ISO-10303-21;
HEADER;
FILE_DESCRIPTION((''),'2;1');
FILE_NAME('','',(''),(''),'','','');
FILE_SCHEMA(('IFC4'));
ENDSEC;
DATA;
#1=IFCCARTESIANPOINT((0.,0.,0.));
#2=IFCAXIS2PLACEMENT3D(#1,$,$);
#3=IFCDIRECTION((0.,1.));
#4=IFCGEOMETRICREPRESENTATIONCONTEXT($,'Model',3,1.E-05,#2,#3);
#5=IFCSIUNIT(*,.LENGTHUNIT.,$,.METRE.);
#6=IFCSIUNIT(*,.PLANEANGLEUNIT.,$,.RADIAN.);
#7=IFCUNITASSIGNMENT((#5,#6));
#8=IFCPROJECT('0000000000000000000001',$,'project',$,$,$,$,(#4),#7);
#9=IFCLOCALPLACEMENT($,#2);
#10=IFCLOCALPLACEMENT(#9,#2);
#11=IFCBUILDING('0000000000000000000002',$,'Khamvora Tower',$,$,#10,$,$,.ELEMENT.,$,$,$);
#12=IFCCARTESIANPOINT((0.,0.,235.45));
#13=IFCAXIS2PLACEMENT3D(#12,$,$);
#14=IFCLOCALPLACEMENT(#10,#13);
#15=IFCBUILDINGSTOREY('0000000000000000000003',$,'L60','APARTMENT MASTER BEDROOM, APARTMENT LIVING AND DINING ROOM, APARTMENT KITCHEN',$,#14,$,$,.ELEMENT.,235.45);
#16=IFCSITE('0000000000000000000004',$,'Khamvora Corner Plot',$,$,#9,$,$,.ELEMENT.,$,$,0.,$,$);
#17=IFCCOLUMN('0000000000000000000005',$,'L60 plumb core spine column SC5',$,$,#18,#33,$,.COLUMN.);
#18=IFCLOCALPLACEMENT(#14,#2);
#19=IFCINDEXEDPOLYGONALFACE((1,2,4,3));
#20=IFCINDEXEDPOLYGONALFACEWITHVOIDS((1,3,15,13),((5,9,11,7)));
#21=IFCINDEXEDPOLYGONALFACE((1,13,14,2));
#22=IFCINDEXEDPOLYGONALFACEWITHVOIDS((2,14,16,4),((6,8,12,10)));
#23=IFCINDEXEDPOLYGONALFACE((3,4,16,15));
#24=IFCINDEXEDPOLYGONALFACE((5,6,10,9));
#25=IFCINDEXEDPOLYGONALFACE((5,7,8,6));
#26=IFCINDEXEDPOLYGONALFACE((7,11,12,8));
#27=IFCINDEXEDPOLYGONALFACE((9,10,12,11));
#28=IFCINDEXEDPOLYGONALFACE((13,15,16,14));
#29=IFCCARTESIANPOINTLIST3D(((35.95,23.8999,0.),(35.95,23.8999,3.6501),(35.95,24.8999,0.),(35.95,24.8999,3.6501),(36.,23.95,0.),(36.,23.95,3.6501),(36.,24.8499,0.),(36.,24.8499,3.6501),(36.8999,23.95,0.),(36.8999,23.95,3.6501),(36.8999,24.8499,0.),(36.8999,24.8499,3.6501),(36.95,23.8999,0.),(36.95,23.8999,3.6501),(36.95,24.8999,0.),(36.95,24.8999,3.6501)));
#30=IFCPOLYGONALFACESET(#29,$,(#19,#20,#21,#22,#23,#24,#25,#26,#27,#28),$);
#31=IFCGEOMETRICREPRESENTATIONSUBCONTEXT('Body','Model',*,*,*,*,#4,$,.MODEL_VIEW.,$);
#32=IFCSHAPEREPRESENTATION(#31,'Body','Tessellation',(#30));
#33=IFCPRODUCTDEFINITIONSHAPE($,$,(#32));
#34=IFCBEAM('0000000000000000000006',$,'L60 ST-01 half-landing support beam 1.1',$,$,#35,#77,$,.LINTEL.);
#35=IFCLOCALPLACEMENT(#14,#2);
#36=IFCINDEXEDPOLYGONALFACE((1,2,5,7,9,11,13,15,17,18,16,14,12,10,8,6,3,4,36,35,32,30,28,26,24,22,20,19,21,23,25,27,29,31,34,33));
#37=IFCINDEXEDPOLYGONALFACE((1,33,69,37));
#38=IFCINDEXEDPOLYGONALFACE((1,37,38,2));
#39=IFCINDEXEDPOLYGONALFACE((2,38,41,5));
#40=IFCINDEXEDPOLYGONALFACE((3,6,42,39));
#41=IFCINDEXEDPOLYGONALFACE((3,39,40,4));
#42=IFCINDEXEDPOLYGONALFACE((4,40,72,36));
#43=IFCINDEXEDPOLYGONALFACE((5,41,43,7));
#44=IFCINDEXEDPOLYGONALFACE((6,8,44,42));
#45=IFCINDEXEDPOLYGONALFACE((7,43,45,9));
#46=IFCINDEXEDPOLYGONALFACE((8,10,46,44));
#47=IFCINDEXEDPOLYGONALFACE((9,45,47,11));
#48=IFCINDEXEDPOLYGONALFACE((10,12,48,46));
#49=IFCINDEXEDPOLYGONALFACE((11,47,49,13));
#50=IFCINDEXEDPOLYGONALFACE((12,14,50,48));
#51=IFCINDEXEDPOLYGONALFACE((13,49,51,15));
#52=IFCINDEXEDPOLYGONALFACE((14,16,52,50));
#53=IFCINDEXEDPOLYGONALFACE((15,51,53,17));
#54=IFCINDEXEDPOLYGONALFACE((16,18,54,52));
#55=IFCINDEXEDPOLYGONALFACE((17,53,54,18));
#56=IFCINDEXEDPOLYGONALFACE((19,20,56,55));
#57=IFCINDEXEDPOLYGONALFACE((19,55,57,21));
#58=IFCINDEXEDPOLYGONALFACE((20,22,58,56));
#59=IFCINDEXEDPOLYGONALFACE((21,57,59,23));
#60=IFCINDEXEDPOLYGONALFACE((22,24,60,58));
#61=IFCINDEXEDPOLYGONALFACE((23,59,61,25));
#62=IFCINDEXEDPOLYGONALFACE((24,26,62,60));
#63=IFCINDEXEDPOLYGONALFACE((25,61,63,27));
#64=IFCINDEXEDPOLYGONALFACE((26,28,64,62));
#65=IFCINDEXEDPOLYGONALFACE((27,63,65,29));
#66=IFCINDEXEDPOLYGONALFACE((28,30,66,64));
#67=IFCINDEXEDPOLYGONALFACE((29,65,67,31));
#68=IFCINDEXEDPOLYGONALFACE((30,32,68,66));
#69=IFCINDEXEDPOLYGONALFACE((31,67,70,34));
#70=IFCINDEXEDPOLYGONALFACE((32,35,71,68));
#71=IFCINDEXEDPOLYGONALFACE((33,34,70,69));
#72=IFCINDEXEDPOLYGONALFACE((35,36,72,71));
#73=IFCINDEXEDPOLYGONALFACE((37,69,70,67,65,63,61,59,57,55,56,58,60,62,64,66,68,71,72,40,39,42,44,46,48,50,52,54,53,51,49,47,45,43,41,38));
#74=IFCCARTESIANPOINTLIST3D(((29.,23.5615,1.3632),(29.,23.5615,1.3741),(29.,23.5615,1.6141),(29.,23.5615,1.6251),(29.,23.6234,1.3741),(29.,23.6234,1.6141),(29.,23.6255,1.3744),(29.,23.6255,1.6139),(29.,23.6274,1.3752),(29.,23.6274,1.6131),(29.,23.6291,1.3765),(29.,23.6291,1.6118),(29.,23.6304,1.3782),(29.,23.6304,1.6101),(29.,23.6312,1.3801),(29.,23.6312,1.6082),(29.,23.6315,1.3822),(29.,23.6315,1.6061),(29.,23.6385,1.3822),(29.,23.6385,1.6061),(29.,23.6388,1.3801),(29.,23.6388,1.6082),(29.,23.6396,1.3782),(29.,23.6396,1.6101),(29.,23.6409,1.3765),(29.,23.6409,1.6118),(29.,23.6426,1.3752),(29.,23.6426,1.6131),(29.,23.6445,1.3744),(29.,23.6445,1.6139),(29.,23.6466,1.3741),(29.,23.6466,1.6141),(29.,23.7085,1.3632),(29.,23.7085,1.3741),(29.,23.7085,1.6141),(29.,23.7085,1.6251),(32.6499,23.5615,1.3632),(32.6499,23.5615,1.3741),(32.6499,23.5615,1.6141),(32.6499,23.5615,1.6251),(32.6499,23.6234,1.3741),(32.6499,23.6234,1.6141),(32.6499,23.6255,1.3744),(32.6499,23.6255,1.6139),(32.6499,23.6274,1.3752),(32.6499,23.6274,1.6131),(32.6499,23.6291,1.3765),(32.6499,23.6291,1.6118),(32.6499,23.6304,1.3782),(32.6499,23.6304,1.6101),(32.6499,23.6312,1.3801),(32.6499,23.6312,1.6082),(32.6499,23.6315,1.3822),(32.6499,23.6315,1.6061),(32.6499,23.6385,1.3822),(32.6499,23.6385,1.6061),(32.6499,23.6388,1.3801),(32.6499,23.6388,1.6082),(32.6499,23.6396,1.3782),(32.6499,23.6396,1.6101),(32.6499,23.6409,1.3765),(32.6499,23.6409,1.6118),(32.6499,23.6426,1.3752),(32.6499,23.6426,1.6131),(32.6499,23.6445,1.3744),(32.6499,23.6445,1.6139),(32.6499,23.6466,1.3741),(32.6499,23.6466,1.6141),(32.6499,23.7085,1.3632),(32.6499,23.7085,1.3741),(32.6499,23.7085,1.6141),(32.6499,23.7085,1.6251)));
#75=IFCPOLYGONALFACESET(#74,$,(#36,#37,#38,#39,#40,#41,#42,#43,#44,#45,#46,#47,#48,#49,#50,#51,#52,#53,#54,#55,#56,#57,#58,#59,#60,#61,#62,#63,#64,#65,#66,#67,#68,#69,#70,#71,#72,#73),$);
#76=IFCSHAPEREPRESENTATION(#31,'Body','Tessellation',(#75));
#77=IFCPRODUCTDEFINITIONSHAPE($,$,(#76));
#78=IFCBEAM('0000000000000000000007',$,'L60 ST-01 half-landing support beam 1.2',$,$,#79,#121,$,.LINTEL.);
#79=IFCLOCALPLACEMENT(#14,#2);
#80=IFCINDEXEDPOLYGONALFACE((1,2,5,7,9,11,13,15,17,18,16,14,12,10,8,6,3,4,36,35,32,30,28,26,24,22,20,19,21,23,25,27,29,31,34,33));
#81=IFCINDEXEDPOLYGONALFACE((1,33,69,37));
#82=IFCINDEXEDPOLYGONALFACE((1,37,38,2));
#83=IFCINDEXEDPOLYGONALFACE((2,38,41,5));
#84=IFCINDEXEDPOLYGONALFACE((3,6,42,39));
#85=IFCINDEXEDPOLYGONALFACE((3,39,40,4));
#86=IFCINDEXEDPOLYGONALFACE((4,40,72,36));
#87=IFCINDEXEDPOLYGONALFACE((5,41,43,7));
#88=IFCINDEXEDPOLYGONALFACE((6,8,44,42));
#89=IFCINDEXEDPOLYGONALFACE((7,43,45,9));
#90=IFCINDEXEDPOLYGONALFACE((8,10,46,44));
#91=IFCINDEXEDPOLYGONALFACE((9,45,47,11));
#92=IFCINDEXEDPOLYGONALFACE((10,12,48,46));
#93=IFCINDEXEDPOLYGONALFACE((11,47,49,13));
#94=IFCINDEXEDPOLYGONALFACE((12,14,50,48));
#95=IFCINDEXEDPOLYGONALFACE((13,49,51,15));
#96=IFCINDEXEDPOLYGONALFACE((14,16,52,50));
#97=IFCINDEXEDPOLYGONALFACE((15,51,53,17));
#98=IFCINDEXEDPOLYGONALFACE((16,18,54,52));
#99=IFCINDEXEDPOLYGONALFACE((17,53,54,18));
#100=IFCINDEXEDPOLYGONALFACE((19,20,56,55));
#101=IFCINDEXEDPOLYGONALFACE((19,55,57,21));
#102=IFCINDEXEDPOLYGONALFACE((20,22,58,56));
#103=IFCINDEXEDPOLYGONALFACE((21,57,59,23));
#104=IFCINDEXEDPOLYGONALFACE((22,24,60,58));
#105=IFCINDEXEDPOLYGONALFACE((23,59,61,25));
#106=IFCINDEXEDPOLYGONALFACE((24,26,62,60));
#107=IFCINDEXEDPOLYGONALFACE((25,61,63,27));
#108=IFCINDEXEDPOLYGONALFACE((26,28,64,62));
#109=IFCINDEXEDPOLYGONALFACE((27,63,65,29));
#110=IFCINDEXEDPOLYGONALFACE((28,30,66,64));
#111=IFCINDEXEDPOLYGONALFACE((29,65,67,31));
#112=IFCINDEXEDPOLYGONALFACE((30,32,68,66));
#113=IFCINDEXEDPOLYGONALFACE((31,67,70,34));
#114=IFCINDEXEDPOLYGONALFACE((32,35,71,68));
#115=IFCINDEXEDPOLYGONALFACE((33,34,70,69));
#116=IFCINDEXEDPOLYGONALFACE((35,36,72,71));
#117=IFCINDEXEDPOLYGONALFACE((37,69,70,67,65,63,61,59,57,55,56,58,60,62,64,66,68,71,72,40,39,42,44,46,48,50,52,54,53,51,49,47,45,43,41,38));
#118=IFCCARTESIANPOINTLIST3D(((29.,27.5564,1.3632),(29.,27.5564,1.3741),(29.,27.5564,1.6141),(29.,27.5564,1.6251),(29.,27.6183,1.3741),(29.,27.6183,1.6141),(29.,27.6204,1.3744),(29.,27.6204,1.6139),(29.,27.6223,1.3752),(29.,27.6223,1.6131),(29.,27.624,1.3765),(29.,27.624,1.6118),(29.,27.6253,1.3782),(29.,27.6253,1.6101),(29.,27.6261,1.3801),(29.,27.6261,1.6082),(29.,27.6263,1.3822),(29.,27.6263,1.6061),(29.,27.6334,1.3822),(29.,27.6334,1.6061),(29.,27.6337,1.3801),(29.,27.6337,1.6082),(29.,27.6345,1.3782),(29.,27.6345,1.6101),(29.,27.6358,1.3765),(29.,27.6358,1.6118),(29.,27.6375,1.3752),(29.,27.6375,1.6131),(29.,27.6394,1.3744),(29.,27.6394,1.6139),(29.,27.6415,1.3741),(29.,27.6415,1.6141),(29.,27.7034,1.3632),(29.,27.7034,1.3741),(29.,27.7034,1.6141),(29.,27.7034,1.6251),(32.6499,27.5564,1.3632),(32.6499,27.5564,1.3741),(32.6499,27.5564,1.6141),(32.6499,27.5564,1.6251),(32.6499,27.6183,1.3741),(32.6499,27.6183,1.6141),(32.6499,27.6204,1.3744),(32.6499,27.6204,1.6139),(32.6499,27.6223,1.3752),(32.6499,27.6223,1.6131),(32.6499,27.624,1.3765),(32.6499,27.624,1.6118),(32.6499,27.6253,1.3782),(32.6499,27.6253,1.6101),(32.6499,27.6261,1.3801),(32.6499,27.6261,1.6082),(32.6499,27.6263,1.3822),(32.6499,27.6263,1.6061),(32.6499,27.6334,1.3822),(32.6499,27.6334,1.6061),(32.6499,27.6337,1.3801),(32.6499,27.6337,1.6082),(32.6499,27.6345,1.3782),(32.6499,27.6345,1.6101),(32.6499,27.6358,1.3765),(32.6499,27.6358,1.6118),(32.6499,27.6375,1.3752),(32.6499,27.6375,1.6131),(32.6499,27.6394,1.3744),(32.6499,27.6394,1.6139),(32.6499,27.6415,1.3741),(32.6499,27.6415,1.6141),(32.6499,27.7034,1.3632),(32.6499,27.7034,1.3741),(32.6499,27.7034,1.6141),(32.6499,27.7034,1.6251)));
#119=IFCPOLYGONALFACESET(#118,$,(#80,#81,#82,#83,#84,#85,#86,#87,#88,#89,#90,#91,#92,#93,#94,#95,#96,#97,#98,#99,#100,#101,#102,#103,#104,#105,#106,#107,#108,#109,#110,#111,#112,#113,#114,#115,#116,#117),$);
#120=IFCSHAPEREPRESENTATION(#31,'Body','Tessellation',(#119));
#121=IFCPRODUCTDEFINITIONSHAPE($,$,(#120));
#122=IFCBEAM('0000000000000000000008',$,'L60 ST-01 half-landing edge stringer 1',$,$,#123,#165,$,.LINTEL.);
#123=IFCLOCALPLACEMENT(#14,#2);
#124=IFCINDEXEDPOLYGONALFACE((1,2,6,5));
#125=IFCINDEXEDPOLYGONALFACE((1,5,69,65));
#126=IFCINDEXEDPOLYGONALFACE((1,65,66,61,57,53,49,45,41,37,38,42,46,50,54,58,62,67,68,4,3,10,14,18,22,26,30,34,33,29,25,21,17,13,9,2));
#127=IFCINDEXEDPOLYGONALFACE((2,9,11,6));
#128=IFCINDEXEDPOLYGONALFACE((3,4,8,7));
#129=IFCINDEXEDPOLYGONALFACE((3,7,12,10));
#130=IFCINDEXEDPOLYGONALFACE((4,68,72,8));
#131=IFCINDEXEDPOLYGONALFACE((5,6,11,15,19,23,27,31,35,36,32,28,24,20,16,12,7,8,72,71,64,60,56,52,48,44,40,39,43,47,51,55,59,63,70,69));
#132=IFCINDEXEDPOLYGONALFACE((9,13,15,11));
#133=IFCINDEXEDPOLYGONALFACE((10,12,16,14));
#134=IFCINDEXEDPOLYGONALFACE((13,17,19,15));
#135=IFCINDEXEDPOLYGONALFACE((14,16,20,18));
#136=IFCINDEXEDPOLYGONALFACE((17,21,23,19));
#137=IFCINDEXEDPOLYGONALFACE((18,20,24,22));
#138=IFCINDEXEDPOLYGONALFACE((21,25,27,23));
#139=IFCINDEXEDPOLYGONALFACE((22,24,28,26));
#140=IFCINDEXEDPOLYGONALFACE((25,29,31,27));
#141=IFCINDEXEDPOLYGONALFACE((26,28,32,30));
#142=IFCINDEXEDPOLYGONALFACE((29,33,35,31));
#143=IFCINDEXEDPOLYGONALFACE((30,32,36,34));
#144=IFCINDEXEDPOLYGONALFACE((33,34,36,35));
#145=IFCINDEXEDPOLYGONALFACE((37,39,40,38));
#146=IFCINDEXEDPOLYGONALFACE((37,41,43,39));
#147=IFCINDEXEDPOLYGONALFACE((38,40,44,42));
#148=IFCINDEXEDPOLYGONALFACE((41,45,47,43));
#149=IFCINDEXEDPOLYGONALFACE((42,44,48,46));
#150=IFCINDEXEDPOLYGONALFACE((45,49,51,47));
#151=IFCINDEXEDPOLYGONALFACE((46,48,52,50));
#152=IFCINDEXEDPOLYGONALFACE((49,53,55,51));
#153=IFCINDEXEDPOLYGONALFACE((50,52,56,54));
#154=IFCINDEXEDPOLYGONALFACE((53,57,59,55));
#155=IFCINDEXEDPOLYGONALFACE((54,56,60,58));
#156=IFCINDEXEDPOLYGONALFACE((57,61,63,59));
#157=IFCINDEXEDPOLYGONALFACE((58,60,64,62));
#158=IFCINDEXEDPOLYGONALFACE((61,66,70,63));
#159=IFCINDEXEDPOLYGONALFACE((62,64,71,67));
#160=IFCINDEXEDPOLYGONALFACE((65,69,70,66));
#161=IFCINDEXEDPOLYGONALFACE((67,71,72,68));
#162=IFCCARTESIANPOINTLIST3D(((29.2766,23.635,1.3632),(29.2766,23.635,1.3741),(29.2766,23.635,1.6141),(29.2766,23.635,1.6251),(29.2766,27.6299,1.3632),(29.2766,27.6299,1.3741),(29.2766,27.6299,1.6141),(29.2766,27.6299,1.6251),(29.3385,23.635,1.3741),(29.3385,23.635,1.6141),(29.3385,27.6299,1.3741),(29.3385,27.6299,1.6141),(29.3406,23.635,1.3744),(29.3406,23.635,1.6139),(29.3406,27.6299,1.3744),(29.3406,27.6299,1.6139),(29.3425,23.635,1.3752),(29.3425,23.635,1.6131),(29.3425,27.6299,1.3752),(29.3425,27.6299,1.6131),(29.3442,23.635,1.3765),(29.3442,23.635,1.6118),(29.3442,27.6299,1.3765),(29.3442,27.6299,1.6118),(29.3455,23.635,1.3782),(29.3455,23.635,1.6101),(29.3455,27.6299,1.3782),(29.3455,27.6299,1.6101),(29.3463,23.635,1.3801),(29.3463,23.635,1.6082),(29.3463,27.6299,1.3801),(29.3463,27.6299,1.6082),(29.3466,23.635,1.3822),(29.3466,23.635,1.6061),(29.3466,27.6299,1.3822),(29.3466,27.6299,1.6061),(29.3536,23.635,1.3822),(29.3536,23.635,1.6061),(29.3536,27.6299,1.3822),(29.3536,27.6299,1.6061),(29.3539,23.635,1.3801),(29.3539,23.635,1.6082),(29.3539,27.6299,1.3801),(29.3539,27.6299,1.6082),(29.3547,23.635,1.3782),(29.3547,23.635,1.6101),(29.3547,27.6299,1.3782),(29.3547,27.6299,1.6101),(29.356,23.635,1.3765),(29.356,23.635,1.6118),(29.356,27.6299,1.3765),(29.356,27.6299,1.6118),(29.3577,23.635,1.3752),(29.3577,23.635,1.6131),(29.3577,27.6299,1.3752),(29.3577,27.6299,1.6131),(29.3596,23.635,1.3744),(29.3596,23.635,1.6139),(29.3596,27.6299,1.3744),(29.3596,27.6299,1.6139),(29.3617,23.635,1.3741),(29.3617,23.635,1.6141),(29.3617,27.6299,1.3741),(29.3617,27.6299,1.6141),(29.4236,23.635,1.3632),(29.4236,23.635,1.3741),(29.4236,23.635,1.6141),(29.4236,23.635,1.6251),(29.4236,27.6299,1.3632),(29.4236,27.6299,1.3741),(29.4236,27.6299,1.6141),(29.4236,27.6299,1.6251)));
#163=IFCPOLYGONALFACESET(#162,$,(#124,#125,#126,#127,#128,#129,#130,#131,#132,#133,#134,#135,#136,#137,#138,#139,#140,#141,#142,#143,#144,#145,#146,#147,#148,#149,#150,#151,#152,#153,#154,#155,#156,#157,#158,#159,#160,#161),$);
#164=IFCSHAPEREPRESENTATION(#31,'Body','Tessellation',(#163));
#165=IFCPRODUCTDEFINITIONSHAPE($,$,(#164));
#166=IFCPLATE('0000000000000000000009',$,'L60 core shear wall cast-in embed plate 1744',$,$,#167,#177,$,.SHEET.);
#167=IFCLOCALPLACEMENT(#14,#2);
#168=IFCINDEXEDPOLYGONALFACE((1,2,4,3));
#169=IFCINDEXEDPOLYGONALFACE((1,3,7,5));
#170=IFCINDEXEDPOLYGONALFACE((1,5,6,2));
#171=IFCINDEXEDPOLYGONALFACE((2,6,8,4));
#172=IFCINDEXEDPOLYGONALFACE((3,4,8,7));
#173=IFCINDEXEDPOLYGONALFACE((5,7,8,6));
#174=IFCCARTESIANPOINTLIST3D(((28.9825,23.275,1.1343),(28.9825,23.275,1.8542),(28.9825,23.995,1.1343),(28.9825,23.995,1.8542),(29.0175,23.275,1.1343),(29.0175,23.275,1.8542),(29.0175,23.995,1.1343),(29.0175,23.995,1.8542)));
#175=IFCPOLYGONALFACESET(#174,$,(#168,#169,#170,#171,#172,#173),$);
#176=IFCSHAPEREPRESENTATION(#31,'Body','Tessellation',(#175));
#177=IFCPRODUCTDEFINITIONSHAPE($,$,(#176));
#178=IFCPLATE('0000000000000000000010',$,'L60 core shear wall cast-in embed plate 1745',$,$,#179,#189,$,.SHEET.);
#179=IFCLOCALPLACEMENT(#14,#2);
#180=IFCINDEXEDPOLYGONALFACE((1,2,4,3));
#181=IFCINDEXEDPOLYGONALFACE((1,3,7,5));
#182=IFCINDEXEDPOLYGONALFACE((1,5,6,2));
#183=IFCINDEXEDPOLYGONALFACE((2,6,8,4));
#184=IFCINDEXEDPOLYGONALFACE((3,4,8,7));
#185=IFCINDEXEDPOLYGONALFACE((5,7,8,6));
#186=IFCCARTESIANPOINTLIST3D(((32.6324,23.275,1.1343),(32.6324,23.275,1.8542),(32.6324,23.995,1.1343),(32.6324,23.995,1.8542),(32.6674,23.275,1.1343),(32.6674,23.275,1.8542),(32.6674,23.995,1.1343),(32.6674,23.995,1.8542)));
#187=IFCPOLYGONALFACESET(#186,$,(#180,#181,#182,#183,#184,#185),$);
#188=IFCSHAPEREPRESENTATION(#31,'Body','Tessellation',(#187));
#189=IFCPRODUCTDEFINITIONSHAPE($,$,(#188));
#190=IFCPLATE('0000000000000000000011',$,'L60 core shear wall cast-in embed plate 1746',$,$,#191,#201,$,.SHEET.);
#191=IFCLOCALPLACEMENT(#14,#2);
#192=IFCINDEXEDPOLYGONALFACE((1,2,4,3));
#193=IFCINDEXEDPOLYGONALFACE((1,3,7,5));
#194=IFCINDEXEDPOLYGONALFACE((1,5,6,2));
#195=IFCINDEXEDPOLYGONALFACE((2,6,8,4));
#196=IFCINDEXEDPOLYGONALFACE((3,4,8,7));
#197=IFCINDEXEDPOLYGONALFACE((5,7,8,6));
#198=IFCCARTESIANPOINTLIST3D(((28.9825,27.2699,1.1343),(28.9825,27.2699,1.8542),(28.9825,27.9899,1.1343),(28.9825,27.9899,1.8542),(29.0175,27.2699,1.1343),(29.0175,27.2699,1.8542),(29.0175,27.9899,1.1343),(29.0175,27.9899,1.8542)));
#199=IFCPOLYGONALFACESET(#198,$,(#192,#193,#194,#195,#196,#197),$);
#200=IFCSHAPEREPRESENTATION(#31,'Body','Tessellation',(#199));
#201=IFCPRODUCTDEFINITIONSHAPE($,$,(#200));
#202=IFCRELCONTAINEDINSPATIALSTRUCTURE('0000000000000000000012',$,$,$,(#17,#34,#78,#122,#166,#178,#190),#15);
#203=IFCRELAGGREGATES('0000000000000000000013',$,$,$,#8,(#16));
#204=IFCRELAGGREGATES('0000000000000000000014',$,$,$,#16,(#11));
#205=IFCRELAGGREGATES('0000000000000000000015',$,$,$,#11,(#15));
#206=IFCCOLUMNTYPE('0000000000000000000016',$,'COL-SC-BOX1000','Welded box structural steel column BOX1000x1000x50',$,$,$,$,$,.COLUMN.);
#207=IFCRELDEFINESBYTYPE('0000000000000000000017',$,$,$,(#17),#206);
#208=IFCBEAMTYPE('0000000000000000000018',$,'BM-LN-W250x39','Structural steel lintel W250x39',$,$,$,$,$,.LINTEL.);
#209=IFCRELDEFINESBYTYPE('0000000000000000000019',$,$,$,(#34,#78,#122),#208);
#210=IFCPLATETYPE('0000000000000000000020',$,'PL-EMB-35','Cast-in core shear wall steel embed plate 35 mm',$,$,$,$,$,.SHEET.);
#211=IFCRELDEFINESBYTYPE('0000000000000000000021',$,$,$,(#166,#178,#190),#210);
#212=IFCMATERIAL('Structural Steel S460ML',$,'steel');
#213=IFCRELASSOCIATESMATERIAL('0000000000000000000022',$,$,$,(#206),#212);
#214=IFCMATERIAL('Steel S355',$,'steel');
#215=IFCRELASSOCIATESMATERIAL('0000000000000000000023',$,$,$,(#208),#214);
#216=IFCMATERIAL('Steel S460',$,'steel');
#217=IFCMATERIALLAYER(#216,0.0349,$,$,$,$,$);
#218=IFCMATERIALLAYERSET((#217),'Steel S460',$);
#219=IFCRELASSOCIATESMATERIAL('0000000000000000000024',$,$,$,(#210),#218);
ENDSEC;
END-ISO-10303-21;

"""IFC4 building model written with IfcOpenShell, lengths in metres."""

from ifc_helpers import new_model, si_unit, direction, frame, origin, origin_2d, place, context, subcontext, project, spatial, rectangle, hollow_rectangle, i_section, extrude, material, layer, layer_set, material_profile, profile_set, type_object, element, save


model = new_model("IFC4")

# Units and contexts
model_context = context("Model", 3, precision=1e-05, world=origin(), true_north=direction((0.0, 1.0)))
body_context = subcontext(model_context, "Body", "Model", "MODEL_VIEW")
ifc_project = project(units=[si_unit("LENGTHUNIT", "METRE"), si_unit("PLANEANGLEUNIT", "RADIAN")], contexts=[model_context])

# Site, building, storey
site_placement = place(None, origin())
site = spatial("IfcSite", under=ifc_project, at=site_placement, Name="Khamvora Corner Plot", CompositionType="ELEMENT", RefElevation=0.0)
building_placement = place(site_placement, origin())
building = spatial("IfcBuilding", under=site, at=building_placement, Name="Khamvora Tower", CompositionType="ELEMENT")
storey_placement = place(building_placement, frame((0.0, 0.0, 235.45)))
storey = spatial("IfcBuildingStorey", under=building, at=storey_placement, Name="L60", Description="APARTMENT MASTER BEDROOM, APARTMENT LIVING AND DINING ROOM, APARTMENT KITCHEN", CompositionType="ELEMENT", Elevation=235.45)

# Column
ifc_material_1 = material(Name="Structural Steel S460ML", Category="steel")
ifc_material_profile_1 = material_profile(ifc_material_1, hollow_rectangle(XDim=1.0, YDim=1.0, WallThickness=0.05, at=origin_2d()), Name="BOX1000x1000x50")
ifc_profile_set_1 = profile_set([ifc_material_profile_1], Name="Structural Steel S460ML")
column_type = type_object("IfcColumnType", Name="COL-SC-BOX1000", Description="Welded box structural steel column BOX1000x1000x50", PredefinedType="COLUMN", material=ifc_profile_set_1)
column_placement = place(storey_placement, frame((36.45, 24.3999, 0.0), z_axis=(0.0, 0.0, 1.0), x_axis=(1.0, 0.0, 0.0)))
element("IfcColumn", 1, at=column_placement, inside=storey, type_object=column_type, Name="L60 plumb core spine column SC5", PredefinedType="COLUMN", context=body_context, shape_type="SweptSolid", body=[
    extrude(hollow_rectangle(XDim=1.0, YDim=1.0, WallThickness=0.05, at=origin_2d()), origin(), (0.0, 0.0, 1.0), 3.6501),
])

# Beams
ifc_material_2 = material(Name="Steel S355", Category="steel")
ifc_material_profile_2 = material_profile(ifc_material_2, i_section(OverallWidth=0.147, OverallDepth=0.262, WebThickness=0.0071, FlangeThickness=0.011, FilletRadius=0.0081, at=origin_2d()), Name="W250x39")
ifc_profile_set_2 = profile_set([ifc_material_profile_2], Name="Steel S355")
beam_type = type_object("IfcBeamType", Name="BM-LN-W250x39", Description="Structural steel lintel W250x39", PredefinedType="LINTEL", material=ifc_profile_set_2)
for number, where, z_axis, x_axis, name in (
    (2, (29.0, 23.635, 1.4941), (1.0, 0.0, 0.0), (0.0, 1.0, 0.0), "L60 ST-01 half-landing support beam 1.1"),
    (3, (29.0, 27.6299, 1.4941), (1.0, 0.0, 0.0), (0.0, 1.0, 0.0), "L60 ST-01 half-landing support beam 1.2"),
):
    element("IfcBeam", number, at=place(storey_placement, frame(where, z_axis=z_axis, x_axis=x_axis)), inside=storey, type_object=beam_type, Name=name, PredefinedType="LINTEL", context=body_context, shape_type="SweptSolid", body=[
        extrude(i_section(OverallWidth=0.147, OverallDepth=0.262, WebThickness=0.0071, FlangeThickness=0.011, FilletRadius=0.0081, at=origin_2d()), origin(), (0.0, 0.0, 1.0), 3.6499),
    ])
beam_placement = place(storey_placement, frame((29.3501, 23.635, 1.4941), z_axis=(0.0, 1.0, 0.0), x_axis=(-1.0, 0.0, 0.0)))
element("IfcBeam", 4, at=beam_placement, inside=storey, type_object=beam_type, Name="L60 ST-01 half-landing edge stringer 1", PredefinedType="LINTEL", context=body_context, shape_type="SweptSolid", body=[
    extrude(i_section(OverallWidth=0.147, OverallDepth=0.262, WebThickness=0.0071, FlangeThickness=0.011, FilletRadius=0.0081, at=origin_2d()), origin(), (0.0, 0.0, 1.0), 3.9949),
])

# Plates
ifc_material_3 = material(Name="Steel S460", Category="steel")
ifc_layer_1 = layer(ifc_material_3, 0.0349)
ifc_layer_set_1 = layer_set([ifc_layer_1], Name="Steel S460")
plate_type = type_object("IfcPlateType", Name="PL-EMB-35", Description="Cast-in core shear wall steel embed plate 35 mm", PredefinedType="SHEET", material=ifc_layer_set_1)
for number, where, z_axis, x_axis, name in (
    (5, (29.0, 23.635, 1.1343), (0.0, 0.0, 1.0), (1.0, 0.0, 0.0), "L60 core shear wall cast-in embed plate 1744"),
    (6, (32.6499, 23.635, 1.1343), (0.0, 0.0, 1.0), (1.0, 0.0, 0.0), "L60 core shear wall cast-in embed plate 1745"),
    (7, (29.0, 27.6299, 1.1343), (0.0, 0.0, 1.0), (1.0, 0.0, 0.0), "L60 core shear wall cast-in embed plate 1746"),
):
    element("IfcPlate", number, at=place(storey_placement, frame(where, z_axis=z_axis, x_axis=x_axis)), inside=storey, type_object=plate_type, Name=name, PredefinedType="SHEET", context=body_context, shape_type="SweptSolid", body=[
        extrude(rectangle(XDim=0.0349, YDim=0.72, at=origin_2d()), origin(), (0.0, 0.0, 1.0), 0.72),
    ])

save(model, "model.ifc")
